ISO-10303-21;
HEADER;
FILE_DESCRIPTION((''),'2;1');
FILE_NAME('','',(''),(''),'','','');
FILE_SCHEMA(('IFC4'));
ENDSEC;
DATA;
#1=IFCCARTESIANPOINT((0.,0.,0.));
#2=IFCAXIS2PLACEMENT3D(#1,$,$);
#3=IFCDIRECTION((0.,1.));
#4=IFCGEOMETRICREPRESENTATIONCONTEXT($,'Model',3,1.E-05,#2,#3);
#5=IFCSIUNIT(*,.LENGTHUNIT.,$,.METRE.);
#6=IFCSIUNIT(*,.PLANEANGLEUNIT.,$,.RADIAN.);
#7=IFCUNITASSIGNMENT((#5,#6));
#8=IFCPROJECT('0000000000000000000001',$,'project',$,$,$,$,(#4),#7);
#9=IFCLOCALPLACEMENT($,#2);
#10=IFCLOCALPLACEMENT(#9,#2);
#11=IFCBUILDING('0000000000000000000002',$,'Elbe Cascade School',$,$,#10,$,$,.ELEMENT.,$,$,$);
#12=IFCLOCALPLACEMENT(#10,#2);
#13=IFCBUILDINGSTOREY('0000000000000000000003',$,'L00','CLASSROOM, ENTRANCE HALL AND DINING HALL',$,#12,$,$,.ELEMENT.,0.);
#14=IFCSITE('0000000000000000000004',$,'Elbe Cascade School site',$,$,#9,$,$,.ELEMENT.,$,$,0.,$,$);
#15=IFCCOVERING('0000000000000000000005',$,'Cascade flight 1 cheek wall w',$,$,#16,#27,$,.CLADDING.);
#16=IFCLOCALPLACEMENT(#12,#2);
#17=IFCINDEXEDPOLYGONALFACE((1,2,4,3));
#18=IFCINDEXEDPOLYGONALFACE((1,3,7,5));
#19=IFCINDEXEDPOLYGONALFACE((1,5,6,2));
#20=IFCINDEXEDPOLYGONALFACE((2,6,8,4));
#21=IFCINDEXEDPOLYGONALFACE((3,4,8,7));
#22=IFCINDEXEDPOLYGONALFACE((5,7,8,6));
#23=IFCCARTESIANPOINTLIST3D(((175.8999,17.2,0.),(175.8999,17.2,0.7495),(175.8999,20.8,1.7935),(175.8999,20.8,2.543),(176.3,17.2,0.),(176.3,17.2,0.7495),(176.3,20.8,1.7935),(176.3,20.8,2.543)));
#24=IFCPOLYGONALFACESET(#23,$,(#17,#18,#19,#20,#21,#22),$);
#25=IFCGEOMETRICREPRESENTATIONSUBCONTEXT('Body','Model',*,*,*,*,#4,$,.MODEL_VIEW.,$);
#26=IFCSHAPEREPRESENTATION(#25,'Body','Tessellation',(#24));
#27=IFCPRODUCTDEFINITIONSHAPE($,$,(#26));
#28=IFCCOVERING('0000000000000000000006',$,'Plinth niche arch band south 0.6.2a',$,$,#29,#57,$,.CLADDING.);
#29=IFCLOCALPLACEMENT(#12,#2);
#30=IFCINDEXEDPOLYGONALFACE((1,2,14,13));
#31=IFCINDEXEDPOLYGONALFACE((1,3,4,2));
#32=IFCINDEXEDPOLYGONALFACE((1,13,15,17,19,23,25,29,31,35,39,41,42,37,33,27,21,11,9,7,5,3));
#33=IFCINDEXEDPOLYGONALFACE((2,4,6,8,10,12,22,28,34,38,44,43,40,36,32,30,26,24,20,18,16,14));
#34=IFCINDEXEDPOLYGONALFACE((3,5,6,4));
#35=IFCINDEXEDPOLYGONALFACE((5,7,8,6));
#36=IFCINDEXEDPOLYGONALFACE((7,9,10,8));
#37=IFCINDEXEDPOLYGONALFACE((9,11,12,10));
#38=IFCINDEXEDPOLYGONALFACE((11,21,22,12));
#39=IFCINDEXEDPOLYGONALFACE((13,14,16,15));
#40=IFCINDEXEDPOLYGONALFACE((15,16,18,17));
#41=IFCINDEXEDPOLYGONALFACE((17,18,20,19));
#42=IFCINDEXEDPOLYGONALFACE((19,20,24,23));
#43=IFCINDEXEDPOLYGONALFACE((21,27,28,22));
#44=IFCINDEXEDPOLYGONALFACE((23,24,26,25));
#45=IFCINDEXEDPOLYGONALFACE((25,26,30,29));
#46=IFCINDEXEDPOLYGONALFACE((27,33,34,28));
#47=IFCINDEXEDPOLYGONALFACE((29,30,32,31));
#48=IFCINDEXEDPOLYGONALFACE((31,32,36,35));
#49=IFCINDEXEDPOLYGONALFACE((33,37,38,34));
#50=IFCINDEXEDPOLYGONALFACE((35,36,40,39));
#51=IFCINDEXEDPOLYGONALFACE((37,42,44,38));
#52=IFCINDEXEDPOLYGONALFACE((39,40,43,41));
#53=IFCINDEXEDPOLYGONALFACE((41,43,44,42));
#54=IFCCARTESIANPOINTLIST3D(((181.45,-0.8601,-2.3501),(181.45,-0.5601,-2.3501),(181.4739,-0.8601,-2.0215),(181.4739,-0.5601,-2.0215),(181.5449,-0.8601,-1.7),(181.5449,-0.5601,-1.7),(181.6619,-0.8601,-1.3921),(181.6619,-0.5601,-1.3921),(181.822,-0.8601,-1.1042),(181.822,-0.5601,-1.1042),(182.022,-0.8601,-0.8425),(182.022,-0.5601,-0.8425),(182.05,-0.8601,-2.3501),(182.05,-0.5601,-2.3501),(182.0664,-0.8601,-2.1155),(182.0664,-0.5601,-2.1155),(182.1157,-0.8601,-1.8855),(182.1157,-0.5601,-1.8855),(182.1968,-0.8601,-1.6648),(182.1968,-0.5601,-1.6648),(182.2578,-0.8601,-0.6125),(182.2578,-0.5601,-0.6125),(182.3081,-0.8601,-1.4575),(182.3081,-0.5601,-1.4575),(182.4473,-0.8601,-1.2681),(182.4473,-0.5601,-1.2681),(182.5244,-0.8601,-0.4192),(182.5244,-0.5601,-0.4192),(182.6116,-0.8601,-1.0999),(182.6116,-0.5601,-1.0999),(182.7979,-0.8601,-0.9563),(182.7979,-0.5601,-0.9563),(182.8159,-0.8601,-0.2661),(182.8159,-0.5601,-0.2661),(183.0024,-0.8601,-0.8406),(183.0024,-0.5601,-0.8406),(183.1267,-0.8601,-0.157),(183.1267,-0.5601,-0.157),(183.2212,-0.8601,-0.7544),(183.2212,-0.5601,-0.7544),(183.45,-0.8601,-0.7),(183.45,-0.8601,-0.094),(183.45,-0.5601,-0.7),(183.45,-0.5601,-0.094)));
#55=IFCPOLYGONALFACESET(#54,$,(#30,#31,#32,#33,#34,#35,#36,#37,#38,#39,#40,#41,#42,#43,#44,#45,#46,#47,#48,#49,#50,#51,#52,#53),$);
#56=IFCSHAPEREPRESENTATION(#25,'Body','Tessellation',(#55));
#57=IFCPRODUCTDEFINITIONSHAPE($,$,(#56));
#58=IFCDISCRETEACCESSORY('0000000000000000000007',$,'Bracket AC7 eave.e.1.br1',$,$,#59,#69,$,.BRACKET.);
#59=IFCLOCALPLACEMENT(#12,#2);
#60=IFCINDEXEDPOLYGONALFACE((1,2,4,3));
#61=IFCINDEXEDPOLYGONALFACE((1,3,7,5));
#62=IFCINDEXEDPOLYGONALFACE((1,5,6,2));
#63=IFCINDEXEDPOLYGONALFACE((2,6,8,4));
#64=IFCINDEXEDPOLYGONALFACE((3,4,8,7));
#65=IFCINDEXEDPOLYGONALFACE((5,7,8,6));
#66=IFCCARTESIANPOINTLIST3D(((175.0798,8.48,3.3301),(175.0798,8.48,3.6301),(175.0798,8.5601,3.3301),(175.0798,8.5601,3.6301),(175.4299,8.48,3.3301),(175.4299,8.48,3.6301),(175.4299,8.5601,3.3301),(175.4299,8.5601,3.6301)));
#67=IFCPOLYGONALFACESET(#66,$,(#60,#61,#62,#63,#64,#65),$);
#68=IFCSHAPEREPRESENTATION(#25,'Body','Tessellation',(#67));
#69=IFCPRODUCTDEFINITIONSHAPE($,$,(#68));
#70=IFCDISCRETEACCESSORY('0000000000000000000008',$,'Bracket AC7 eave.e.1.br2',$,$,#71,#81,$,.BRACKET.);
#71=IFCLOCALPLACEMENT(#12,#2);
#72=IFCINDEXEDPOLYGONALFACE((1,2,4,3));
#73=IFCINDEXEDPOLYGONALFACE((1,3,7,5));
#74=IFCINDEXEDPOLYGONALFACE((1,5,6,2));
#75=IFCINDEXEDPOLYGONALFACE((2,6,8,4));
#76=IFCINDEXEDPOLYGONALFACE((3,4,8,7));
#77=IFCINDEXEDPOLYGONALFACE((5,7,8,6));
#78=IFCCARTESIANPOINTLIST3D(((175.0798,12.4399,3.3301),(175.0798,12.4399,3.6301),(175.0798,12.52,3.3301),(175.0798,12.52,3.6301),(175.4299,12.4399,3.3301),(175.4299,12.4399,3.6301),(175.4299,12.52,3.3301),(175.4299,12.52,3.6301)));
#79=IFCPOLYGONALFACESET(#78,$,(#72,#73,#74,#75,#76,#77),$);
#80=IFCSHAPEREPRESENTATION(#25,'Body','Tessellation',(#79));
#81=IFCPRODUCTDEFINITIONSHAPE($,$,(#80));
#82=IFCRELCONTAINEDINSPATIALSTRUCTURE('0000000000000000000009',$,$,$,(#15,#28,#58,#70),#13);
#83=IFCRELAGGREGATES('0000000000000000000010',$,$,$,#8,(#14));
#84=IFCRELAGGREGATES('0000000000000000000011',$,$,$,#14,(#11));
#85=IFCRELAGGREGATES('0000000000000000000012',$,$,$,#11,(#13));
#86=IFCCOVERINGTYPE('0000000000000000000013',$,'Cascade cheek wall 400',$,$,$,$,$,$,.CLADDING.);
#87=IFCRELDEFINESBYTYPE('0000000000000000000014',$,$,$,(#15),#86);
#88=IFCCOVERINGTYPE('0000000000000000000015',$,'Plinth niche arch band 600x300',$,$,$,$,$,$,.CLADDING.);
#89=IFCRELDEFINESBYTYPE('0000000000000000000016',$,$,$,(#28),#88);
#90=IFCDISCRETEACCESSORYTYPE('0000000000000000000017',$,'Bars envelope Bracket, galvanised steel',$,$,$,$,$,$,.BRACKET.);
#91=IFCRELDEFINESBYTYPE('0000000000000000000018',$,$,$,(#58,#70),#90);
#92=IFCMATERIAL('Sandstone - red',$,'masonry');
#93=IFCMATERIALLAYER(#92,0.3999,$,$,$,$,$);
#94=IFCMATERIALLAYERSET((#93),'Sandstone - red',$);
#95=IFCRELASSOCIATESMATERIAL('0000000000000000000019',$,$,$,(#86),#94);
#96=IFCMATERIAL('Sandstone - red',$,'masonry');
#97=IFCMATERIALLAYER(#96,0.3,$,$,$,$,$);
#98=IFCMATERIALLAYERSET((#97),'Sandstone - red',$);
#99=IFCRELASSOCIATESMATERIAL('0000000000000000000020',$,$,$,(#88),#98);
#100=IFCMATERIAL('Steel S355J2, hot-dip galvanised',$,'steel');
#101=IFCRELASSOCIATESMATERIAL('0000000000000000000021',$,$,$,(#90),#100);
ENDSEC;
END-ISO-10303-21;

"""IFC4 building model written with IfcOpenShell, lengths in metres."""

from ifc_helpers import new_model, si_unit, direction, frame, origin, origin_2d, place, context, subcontext, project, spatial, polyline, rectangle, outline, extrude, material, layer, layer_set, type_object, element, save


model = new_model("IFC4")

# Units and contexts
model_context = context("Model", 3, precision=1e-05, world=origin(), true_north=direction((0.0, 1.0)))
body_context = subcontext(model_context, "Body", "Model", "MODEL_VIEW")
ifc_project = project(units=[si_unit("LENGTHUNIT", "METRE"), si_unit("PLANEANGLEUNIT", "RADIAN")], contexts=[model_context])

# Site, building, storey
site_placement = place(None, origin())
site = spatial("IfcSite", under=ifc_project, at=site_placement, Name="Elbe Cascade School site", CompositionType="ELEMENT", RefElevation=0.0)
building_placement = place(site_placement, origin())
building = spatial("IfcBuilding", under=site, at=building_placement, Name="Elbe Cascade School", CompositionType="ELEMENT")
storey_placement = place(building_placement, origin())
storey = spatial("IfcBuildingStorey", under=building, at=storey_placement, Name="L00", Description="CLASSROOM, ENTRANCE HALL AND DINING HALL", CompositionType="ELEMENT", Elevation=0.0)

# Coverings
ifc_material_1 = material(Name="Sandstone - red", Category="masonry")
ifc_layer_1 = layer(ifc_material_1, 0.3999)
ifc_layer_set_1 = layer_set([ifc_layer_1], Name="Sandstone - red")
covering_type_1 = type_object("IfcCoveringType", Name="Cascade cheek wall 400", PredefinedType="CLADDING", material=ifc_layer_set_1)
covering_1_placement = place(storey_placement, frame((175.8999, 17.2, 0.7495), z_axis=(0.0, -0.445902, 0.895082), x_axis=(0.0, 0.895082, 0.445902)))
element("IfcCovering", 1, at=covering_1_placement, inside=storey, type_object=covering_type_1, Name="Cascade flight 1 cheek wall w", PredefinedType="CLADDING", context=body_context, shape_type="SweptSolid", body=[
    extrude(outline(polyline([(0.0, 0.0), (4.0221, 0.0), (4.0221, -0.4001), (0.0, -0.4001), (0.0, 0.0)])), origin(), (-0.445902, 0.0, -0.895082), 0.7495),
])
ifc_material_2 = material(Name="Sandstone - red", Category="masonry")
ifc_layer_2 = layer(ifc_material_2, 0.3)
ifc_layer_set_2 = layer_set([ifc_layer_2], Name="Sandstone - red")
covering_type_2 = type_object("IfcCoveringType", Name="Plinth niche arch band 600x300", PredefinedType="CLADDING", material=ifc_layer_set_2)
covering_2_placement = place(storey_placement, frame((181.45, -0.8601, -2.3501), z_axis=(0.0, -1.0, 0.0), x_axis=(1.0, 0.0, 0.0)))
element("IfcCovering", 2, at=covering_2_placement, inside=storey, type_object=covering_type_2, Name="Plinth niche arch band south 0.6.2a", PredefinedType="CLADDING", context=body_context, shape_type="SweptSolid", body=[
    extrude(outline(polyline([(0.0, 0.0), (0.6001, 0.0), (0.6165, 0.2346), (0.6658, 0.4646), (0.7468, 0.6853), (0.8582, 0.8926), (0.9973, 1.082), (1.1616, 1.2502), (1.3479, 1.3938), (1.5525, 1.5095), (1.7712, 1.5957), (2.0, 1.6501), (2.0, 2.2561), (1.6768, 2.1931), (1.366, 2.084), (1.0745, 1.9309), (0.8079, 1.7375), (0.572, 1.5076), (0.3721, 1.2458), (0.2119, 0.958), (0.095, 0.6501), (0.0239, 0.3286), (0.0, 0.0)])), origin(), (0.0, 0.0, -1.0), 0.3),
])

# Discrete accessories
ifc_material_3 = material(Name="Steel S355J2, hot-dip galvanised", Category="steel")
discrete_accessory_type = type_object("IfcDiscreteAccessoryType", Name="Bars envelope Bracket, galvanised steel", PredefinedType="BRACKET", material=ifc_material_3)
for number, where, z_axis, x_axis, name in (
    (3, (175.2549, 8.52, 3.3301), (0.0, 0.0, 1.0), (0.0, 1.0, 0.0), "Bracket AC7 eave.e.1.br1"),
    (4, (175.2549, 12.48, 3.3301), (0.0, 0.0, 1.0), (0.0, 1.0, 0.0), "Bracket AC7 eave.e.1.br2"),
):
    element("IfcDiscreteAccessory", number, at=place(storey_placement, frame(where, z_axis=z_axis, x_axis=x_axis)), inside=storey, type_object=discrete_accessory_type, Name=name, PredefinedType="BRACKET", context=body_context, shape_type="SweptSolid", body=[
        extrude(rectangle(XDim=0.0801, YDim=0.3501, at=origin_2d()), origin(), (0.0, 0.0, 1.0), 0.3),
    ])

save(model, "model.ifc")
